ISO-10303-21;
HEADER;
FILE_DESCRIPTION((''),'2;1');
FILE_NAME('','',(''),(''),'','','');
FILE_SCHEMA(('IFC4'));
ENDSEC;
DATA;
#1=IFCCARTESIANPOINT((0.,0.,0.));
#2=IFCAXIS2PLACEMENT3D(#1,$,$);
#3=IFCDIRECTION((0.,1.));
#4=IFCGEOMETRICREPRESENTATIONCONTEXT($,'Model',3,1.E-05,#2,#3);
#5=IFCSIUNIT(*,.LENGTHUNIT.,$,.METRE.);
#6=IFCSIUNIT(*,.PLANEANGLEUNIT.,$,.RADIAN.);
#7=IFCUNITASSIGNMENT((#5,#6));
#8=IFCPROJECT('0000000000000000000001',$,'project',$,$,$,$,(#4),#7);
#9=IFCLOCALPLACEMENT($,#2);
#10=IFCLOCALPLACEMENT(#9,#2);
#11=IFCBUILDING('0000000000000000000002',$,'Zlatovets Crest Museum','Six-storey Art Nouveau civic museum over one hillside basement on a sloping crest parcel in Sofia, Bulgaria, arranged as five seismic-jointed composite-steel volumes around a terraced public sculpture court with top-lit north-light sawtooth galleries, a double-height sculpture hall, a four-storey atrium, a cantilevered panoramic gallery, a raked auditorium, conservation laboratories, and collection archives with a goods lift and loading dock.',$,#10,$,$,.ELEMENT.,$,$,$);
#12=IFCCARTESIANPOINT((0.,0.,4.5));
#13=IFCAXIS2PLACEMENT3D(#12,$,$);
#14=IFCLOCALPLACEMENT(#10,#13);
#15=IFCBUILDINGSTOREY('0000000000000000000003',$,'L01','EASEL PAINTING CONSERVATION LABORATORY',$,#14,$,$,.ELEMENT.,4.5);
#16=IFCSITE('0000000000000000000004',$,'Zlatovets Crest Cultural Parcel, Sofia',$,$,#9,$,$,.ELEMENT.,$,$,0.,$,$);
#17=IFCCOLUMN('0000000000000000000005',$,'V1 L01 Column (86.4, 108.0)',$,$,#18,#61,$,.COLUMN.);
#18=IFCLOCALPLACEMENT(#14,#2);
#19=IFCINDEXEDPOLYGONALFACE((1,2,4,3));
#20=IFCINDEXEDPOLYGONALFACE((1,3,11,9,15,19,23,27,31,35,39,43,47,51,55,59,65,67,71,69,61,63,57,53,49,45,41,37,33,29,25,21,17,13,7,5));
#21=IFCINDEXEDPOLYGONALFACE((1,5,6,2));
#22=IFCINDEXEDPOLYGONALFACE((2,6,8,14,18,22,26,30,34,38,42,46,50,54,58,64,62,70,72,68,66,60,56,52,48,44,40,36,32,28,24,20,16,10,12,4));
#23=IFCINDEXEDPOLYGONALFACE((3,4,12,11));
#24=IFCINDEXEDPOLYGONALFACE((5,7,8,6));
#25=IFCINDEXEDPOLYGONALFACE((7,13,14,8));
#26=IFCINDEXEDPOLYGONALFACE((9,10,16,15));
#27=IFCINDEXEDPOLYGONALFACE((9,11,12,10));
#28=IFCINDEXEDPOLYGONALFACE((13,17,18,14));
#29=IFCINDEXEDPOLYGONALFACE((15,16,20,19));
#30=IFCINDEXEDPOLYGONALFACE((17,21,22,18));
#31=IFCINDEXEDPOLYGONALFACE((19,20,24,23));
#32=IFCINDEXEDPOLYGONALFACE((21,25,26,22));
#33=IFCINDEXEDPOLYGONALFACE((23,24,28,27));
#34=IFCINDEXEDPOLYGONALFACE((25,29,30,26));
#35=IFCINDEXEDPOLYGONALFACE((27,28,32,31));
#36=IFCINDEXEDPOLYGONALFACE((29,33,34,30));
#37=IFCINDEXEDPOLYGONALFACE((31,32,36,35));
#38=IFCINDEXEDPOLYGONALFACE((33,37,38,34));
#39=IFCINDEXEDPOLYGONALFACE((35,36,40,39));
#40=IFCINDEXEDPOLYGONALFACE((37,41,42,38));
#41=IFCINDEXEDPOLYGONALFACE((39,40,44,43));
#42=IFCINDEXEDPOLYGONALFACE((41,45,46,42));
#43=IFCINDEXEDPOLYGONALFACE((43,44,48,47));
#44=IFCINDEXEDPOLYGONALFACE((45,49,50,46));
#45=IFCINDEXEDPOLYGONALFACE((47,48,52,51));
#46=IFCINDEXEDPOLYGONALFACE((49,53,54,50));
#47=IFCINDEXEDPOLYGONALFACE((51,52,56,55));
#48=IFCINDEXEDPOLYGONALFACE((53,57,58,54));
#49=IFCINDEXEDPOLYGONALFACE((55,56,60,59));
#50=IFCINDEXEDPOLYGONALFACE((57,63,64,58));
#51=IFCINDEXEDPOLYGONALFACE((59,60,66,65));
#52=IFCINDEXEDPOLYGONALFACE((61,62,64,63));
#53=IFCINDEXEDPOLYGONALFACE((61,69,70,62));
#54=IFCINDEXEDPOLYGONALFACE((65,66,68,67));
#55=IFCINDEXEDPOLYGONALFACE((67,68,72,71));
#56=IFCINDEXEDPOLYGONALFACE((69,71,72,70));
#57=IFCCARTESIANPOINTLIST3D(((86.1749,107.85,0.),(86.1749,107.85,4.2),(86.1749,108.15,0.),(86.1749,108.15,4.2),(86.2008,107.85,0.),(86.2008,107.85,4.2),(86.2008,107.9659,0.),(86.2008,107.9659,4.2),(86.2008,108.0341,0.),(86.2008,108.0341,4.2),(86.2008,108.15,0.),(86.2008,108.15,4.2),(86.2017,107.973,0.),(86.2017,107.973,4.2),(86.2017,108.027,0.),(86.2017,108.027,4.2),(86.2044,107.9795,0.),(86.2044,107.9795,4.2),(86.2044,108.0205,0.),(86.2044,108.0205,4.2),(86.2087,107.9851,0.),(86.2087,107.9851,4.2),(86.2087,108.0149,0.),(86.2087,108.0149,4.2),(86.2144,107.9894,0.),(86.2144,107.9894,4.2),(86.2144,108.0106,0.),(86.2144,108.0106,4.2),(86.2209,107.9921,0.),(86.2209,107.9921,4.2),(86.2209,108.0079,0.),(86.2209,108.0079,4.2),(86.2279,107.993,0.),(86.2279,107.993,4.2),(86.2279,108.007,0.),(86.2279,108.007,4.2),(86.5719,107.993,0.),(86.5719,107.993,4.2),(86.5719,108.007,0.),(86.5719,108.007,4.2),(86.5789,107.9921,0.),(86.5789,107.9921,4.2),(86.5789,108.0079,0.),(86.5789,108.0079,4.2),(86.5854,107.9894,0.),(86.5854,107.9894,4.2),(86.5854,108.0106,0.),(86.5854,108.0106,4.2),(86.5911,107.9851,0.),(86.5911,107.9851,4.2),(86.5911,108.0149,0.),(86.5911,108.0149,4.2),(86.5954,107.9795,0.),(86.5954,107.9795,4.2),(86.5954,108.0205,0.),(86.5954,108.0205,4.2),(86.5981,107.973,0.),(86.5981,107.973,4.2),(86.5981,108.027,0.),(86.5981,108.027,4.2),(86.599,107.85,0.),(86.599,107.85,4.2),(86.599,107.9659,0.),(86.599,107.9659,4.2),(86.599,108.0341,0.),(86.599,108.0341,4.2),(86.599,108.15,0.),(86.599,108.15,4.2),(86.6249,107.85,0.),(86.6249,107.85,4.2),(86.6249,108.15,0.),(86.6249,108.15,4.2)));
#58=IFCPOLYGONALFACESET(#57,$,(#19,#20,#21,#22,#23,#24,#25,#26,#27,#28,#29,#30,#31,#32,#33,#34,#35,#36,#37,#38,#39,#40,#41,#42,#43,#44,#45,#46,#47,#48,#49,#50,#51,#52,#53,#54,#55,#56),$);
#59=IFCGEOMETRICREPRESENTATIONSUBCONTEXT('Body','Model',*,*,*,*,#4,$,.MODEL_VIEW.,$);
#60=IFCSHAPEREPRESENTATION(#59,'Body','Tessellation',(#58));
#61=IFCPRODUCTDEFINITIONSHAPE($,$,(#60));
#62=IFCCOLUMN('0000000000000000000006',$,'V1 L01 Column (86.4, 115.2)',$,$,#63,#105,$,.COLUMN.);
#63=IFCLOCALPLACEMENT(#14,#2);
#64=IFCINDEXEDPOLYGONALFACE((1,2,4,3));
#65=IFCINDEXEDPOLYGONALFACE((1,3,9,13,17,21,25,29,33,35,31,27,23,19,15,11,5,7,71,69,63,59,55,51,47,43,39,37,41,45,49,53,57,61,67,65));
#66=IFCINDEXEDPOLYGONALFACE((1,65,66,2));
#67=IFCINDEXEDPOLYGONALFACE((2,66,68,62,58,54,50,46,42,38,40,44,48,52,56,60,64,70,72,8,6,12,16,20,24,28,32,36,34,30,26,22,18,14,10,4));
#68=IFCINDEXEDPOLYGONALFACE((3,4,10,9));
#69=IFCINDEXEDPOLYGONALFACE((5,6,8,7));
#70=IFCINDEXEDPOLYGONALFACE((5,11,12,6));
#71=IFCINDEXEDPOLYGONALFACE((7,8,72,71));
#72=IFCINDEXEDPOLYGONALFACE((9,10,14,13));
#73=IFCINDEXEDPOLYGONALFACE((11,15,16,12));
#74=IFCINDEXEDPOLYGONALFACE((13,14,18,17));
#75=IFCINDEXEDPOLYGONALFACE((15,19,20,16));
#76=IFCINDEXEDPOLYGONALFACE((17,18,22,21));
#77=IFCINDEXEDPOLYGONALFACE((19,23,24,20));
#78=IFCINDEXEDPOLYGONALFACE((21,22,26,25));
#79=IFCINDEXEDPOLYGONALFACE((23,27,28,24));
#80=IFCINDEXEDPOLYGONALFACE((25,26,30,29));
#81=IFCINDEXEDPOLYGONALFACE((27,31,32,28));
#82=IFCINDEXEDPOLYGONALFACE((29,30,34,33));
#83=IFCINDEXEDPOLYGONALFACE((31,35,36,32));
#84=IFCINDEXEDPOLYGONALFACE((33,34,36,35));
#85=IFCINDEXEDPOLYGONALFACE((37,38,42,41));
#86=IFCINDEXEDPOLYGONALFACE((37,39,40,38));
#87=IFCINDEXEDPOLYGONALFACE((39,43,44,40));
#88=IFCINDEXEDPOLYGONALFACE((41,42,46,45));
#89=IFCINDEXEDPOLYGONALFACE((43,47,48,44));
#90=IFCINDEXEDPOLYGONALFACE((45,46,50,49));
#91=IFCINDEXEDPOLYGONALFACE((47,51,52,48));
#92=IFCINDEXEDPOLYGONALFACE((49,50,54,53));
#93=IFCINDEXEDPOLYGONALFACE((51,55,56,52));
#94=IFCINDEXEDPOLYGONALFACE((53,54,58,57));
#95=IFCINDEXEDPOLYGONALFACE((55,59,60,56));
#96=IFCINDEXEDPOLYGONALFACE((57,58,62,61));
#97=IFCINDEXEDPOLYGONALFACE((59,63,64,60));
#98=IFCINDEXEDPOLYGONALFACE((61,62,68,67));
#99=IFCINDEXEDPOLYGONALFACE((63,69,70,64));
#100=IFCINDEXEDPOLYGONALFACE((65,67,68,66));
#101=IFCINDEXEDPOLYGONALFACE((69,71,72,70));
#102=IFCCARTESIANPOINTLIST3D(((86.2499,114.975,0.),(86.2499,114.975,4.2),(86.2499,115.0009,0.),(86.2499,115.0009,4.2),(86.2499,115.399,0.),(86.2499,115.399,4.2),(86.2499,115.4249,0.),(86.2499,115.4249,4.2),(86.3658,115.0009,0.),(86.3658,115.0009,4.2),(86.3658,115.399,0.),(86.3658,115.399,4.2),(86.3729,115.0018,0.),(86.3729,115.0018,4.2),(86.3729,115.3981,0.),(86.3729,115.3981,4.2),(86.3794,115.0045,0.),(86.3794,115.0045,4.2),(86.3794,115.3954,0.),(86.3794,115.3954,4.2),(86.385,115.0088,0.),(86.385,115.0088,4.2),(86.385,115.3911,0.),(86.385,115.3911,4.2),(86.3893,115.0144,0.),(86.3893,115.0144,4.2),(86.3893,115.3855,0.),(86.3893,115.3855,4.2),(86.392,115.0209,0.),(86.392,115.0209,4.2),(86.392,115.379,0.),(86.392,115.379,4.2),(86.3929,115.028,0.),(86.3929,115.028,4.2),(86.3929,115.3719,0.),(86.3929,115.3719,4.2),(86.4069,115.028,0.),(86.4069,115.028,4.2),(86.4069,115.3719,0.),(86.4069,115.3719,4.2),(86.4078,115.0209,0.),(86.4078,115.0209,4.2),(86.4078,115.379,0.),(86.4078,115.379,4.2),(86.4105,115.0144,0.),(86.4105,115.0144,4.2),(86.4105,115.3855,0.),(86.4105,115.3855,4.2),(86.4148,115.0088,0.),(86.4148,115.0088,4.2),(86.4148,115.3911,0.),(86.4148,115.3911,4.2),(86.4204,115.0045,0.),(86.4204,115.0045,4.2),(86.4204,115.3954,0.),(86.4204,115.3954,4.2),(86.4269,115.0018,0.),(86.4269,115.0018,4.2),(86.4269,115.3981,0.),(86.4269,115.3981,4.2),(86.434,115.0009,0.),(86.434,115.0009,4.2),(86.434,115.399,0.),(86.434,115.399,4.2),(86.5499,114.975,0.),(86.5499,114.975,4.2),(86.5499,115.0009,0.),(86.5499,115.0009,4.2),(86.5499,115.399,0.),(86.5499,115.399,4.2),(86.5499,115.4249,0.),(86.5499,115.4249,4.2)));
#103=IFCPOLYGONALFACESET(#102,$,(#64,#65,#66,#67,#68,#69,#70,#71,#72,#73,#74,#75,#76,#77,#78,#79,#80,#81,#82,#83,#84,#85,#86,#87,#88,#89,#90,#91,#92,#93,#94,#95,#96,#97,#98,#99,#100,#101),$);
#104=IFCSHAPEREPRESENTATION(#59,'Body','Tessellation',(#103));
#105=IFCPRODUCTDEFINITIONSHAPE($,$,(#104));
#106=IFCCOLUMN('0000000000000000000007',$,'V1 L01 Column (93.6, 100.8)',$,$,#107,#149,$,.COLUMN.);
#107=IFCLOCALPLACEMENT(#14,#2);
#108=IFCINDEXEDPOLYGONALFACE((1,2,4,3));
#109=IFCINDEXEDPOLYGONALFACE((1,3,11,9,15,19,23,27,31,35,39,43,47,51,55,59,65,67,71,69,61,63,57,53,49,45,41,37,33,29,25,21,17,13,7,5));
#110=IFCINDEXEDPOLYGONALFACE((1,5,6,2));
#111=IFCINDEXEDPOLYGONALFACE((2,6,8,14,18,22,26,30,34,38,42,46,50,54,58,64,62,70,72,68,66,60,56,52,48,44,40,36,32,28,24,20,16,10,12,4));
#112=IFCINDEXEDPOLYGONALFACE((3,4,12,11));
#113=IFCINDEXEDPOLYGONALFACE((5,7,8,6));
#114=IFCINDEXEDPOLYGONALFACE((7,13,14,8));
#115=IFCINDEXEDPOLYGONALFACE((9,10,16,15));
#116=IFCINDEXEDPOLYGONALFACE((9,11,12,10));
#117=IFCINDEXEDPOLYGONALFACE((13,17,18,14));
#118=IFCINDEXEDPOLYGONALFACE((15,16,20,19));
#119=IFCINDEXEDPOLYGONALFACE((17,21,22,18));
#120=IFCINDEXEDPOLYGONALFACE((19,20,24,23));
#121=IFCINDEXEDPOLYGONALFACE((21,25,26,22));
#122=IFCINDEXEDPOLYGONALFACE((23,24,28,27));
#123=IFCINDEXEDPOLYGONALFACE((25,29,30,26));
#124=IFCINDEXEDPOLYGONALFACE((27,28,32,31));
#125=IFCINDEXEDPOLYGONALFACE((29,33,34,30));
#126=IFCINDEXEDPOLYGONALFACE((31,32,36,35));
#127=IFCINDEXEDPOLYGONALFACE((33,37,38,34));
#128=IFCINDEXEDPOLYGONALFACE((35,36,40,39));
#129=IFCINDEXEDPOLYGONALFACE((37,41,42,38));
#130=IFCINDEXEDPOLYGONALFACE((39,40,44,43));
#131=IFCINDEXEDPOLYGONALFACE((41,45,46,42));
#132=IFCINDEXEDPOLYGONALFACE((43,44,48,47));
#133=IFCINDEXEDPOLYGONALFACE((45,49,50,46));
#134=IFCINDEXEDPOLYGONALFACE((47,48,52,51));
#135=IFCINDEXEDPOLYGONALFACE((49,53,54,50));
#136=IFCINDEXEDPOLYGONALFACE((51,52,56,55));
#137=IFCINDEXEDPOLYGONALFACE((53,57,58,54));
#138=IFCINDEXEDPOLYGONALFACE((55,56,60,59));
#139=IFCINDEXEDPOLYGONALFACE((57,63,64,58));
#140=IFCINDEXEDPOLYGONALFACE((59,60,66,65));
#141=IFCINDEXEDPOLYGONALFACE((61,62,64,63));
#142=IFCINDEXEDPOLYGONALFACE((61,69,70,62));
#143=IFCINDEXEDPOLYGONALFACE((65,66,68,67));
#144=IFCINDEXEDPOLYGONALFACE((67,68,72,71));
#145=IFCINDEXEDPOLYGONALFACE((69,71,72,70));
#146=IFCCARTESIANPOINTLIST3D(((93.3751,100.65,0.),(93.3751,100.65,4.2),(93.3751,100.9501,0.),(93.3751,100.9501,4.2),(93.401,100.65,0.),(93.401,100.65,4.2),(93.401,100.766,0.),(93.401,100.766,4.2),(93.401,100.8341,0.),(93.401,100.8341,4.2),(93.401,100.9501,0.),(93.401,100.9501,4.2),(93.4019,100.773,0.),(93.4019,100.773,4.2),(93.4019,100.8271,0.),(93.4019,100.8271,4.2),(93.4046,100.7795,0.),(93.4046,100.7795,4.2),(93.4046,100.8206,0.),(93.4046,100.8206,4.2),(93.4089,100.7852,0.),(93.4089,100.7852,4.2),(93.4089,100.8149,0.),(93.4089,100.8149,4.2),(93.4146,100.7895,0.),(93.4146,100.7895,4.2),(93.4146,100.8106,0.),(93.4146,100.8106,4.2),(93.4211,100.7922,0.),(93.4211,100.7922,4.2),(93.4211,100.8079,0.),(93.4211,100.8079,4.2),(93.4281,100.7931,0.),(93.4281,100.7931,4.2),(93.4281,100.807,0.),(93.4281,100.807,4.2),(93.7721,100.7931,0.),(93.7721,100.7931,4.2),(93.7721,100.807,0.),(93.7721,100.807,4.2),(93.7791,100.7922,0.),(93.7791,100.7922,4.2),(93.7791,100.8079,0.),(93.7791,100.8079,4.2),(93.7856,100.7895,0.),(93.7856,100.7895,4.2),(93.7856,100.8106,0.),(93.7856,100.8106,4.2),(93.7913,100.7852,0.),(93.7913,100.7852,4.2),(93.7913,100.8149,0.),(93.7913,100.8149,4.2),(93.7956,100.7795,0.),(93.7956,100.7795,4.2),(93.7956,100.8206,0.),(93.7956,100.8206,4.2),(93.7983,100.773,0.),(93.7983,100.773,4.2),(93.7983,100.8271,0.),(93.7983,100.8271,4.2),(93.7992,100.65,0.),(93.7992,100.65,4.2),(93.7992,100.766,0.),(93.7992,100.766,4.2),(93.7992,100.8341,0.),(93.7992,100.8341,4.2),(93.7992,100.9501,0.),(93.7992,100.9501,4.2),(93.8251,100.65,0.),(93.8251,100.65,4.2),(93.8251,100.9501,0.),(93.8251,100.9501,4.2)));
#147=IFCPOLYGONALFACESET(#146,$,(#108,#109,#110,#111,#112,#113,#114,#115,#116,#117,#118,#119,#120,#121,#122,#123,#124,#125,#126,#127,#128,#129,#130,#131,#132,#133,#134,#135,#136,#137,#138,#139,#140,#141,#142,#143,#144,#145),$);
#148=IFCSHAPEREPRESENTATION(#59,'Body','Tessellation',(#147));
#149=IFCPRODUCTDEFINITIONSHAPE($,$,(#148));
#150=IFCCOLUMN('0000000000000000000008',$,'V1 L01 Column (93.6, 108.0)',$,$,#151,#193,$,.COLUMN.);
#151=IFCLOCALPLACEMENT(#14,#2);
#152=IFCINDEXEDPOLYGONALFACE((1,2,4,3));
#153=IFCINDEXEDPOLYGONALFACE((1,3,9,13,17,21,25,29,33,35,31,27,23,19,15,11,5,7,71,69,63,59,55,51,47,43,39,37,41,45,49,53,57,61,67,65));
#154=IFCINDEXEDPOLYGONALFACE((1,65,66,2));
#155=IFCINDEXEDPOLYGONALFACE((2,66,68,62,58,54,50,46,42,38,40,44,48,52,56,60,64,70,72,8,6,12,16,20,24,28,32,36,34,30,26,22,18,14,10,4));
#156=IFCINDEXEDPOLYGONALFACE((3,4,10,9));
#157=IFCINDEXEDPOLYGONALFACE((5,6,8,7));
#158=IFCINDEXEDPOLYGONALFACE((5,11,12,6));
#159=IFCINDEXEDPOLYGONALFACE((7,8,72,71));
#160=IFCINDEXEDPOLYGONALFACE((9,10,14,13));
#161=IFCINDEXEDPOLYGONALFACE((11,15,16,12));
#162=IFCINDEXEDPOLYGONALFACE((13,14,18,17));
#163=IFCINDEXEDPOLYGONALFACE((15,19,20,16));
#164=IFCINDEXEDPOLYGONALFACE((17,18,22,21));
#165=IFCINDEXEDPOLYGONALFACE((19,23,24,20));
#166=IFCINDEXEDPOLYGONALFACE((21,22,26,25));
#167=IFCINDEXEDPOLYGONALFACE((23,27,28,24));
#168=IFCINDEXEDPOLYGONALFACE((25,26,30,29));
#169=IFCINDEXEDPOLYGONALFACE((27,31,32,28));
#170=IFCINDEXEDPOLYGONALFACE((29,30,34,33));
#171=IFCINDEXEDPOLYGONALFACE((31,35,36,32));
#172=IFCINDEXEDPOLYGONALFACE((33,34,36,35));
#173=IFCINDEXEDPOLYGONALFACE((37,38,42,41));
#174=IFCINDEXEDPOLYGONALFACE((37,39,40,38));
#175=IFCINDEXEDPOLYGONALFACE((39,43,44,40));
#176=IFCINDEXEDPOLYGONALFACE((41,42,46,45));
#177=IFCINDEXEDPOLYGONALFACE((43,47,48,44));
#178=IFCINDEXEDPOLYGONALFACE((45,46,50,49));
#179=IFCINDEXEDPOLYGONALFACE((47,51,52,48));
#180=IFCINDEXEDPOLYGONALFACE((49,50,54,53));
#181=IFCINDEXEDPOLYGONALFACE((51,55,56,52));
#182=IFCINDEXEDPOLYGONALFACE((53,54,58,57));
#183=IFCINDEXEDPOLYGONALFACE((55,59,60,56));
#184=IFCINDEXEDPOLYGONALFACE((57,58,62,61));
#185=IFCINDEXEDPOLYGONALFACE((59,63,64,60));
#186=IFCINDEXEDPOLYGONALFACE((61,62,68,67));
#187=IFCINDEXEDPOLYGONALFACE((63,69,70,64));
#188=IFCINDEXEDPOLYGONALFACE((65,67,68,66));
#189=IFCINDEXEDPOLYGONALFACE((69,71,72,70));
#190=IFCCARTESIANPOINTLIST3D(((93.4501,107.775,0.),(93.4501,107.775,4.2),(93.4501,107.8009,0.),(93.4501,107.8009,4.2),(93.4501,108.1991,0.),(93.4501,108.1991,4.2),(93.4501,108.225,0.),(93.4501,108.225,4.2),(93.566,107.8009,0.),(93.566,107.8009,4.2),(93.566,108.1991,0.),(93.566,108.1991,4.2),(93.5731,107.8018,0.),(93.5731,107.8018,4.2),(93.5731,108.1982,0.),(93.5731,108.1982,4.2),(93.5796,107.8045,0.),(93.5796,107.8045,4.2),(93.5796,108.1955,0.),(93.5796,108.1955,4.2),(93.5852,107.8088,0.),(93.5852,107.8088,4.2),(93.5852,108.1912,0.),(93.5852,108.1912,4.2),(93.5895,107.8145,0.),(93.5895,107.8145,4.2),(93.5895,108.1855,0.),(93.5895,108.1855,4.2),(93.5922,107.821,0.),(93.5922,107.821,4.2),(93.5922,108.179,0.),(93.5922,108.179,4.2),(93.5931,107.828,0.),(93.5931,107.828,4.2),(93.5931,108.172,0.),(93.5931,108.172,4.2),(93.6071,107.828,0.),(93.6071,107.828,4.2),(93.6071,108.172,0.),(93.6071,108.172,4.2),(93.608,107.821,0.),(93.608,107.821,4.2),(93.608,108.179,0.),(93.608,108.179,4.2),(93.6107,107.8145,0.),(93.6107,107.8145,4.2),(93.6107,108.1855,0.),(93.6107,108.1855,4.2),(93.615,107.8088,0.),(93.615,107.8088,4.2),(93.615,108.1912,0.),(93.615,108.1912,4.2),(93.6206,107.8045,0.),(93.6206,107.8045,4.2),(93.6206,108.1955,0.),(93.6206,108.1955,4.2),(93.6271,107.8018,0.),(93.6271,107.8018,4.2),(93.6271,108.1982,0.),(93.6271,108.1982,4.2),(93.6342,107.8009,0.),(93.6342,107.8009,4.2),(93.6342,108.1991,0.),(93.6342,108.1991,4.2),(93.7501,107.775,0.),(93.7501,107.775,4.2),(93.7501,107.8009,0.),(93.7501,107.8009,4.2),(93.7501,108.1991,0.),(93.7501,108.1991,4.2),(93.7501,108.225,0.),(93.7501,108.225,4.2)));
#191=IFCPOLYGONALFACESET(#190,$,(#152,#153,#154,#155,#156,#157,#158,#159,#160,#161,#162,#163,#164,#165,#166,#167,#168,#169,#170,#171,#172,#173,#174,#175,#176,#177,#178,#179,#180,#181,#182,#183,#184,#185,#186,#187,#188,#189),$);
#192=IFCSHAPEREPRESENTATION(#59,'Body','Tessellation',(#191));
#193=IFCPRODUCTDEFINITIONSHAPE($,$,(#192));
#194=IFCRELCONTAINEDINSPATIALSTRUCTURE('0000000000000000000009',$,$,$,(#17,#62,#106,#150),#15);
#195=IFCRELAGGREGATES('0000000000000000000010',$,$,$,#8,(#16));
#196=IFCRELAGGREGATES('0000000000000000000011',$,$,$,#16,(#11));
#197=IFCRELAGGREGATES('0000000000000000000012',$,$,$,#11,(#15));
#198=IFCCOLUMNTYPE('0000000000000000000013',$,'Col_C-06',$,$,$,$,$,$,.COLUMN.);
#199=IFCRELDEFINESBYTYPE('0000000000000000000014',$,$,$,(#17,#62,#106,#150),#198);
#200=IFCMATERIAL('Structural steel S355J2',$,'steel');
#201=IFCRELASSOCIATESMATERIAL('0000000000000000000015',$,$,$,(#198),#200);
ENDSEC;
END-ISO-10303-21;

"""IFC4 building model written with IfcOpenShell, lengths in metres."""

from ifc_helpers import new_model, si_unit, direction, frame, origin, origin_2d, place, context, subcontext, project, spatial, i_section, extrude, material, material_profile, profile_set, type_object, element, save


model = new_model("IFC4")

# Units and contexts
model_context = context("Model", 3, precision=1e-05, world=origin(), true_north=direction((0.0, 1.0)))
body_context = subcontext(model_context, "Body", "Model", "MODEL_VIEW")
ifc_project = project(units=[si_unit("LENGTHUNIT", "METRE"), si_unit("PLANEANGLEUNIT", "RADIAN")], contexts=[model_context])

# Site, building, storey
site_placement = place(None, origin())
site = spatial("IfcSite", under=ifc_project, at=site_placement, Name="Zlatovets Crest Cultural Parcel, Sofia", CompositionType="ELEMENT", RefElevation=0.0)
building_placement = place(site_placement, origin())
building = spatial("IfcBuilding", under=site, at=building_placement, Name="Zlatovets Crest Museum", Description="Six-storey Art Nouveau civic museum over one hillside basement on a sloping crest parcel in Sofia, Bulgaria, arranged as five seismic-jointed composite-steel volumes around a terraced public sculpture court with top-lit north-light sawtooth galleries, a double-height sculpture hall, a four-storey atrium, a cantilevered panoramic gallery, a raked auditorium, conservation laboratories, and collection archives with a goods lift and loading dock.", CompositionType="ELEMENT")
storey_placement = place(building_placement, frame((0.0, 0.0, 4.5)))
storey = spatial("IfcBuildingStorey", under=building, at=storey_placement, Name="L01", Description="EASEL PAINTING CONSERVATION LABORATORY", CompositionType="ELEMENT", Elevation=4.5)

# Columns
ifc_material_1 = material(Name="Structural steel S355J2", Category="steel")
ifc_material_profile_1 = material_profile(ifc_material_1, i_section(OverallWidth=0.3, OverallDepth=0.45, WebThickness=0.0139, FlangeThickness=0.0259, FilletRadius=0.0271, at=origin_2d()), Name="HEB 450")
ifc_profile_set_1 = profile_set([ifc_material_profile_1], Name="Structural steel S355J2")
column_type = type_object("IfcColumnType", Name="Col_C-06", PredefinedType="COLUMN", material=ifc_profile_set_1)
for number, where, z_axis, x_axis, name in (
    (1, (86.3999, 108.0, 0.0), (0.0, 0.0, 1.0), (0.0, 1.0, 0.0), "V1 L01 Column (86.4, 108.0)"),
    (2, (86.3999, 115.2, 0.0), (0.0, 0.0, 1.0), (1.0, 0.0, 0.0), "V1 L01 Column (86.4, 115.2)"),
    (3, (93.6001, 100.8, 0.0), (0.0, 0.0, 1.0), (0.0, 1.0, 0.0), "V1 L01 Column (93.6, 100.8)"),
    (4, (93.6001, 108.0, 0.0), (0.0, 0.0, 1.0), (1.0, 0.0, 0.0), "V1 L01 Column (93.6, 108.0)"),
):
    element("IfcColumn", number, at=place(storey_placement, frame(where, z_axis=z_axis, x_axis=x_axis)), inside=storey, type_object=column_type, Name=name, PredefinedType="COLUMN", context=body_context, shape_type="SweptSolid", body=[
        extrude(i_section(OverallWidth=0.3, OverallDepth=0.45, WebThickness=0.0139, FlangeThickness=0.0259, FilletRadius=0.0271, at=origin_2d()), origin(), (0.0, 0.0, 1.0), 4.2),
    ])

save(model, "model.ifc")
